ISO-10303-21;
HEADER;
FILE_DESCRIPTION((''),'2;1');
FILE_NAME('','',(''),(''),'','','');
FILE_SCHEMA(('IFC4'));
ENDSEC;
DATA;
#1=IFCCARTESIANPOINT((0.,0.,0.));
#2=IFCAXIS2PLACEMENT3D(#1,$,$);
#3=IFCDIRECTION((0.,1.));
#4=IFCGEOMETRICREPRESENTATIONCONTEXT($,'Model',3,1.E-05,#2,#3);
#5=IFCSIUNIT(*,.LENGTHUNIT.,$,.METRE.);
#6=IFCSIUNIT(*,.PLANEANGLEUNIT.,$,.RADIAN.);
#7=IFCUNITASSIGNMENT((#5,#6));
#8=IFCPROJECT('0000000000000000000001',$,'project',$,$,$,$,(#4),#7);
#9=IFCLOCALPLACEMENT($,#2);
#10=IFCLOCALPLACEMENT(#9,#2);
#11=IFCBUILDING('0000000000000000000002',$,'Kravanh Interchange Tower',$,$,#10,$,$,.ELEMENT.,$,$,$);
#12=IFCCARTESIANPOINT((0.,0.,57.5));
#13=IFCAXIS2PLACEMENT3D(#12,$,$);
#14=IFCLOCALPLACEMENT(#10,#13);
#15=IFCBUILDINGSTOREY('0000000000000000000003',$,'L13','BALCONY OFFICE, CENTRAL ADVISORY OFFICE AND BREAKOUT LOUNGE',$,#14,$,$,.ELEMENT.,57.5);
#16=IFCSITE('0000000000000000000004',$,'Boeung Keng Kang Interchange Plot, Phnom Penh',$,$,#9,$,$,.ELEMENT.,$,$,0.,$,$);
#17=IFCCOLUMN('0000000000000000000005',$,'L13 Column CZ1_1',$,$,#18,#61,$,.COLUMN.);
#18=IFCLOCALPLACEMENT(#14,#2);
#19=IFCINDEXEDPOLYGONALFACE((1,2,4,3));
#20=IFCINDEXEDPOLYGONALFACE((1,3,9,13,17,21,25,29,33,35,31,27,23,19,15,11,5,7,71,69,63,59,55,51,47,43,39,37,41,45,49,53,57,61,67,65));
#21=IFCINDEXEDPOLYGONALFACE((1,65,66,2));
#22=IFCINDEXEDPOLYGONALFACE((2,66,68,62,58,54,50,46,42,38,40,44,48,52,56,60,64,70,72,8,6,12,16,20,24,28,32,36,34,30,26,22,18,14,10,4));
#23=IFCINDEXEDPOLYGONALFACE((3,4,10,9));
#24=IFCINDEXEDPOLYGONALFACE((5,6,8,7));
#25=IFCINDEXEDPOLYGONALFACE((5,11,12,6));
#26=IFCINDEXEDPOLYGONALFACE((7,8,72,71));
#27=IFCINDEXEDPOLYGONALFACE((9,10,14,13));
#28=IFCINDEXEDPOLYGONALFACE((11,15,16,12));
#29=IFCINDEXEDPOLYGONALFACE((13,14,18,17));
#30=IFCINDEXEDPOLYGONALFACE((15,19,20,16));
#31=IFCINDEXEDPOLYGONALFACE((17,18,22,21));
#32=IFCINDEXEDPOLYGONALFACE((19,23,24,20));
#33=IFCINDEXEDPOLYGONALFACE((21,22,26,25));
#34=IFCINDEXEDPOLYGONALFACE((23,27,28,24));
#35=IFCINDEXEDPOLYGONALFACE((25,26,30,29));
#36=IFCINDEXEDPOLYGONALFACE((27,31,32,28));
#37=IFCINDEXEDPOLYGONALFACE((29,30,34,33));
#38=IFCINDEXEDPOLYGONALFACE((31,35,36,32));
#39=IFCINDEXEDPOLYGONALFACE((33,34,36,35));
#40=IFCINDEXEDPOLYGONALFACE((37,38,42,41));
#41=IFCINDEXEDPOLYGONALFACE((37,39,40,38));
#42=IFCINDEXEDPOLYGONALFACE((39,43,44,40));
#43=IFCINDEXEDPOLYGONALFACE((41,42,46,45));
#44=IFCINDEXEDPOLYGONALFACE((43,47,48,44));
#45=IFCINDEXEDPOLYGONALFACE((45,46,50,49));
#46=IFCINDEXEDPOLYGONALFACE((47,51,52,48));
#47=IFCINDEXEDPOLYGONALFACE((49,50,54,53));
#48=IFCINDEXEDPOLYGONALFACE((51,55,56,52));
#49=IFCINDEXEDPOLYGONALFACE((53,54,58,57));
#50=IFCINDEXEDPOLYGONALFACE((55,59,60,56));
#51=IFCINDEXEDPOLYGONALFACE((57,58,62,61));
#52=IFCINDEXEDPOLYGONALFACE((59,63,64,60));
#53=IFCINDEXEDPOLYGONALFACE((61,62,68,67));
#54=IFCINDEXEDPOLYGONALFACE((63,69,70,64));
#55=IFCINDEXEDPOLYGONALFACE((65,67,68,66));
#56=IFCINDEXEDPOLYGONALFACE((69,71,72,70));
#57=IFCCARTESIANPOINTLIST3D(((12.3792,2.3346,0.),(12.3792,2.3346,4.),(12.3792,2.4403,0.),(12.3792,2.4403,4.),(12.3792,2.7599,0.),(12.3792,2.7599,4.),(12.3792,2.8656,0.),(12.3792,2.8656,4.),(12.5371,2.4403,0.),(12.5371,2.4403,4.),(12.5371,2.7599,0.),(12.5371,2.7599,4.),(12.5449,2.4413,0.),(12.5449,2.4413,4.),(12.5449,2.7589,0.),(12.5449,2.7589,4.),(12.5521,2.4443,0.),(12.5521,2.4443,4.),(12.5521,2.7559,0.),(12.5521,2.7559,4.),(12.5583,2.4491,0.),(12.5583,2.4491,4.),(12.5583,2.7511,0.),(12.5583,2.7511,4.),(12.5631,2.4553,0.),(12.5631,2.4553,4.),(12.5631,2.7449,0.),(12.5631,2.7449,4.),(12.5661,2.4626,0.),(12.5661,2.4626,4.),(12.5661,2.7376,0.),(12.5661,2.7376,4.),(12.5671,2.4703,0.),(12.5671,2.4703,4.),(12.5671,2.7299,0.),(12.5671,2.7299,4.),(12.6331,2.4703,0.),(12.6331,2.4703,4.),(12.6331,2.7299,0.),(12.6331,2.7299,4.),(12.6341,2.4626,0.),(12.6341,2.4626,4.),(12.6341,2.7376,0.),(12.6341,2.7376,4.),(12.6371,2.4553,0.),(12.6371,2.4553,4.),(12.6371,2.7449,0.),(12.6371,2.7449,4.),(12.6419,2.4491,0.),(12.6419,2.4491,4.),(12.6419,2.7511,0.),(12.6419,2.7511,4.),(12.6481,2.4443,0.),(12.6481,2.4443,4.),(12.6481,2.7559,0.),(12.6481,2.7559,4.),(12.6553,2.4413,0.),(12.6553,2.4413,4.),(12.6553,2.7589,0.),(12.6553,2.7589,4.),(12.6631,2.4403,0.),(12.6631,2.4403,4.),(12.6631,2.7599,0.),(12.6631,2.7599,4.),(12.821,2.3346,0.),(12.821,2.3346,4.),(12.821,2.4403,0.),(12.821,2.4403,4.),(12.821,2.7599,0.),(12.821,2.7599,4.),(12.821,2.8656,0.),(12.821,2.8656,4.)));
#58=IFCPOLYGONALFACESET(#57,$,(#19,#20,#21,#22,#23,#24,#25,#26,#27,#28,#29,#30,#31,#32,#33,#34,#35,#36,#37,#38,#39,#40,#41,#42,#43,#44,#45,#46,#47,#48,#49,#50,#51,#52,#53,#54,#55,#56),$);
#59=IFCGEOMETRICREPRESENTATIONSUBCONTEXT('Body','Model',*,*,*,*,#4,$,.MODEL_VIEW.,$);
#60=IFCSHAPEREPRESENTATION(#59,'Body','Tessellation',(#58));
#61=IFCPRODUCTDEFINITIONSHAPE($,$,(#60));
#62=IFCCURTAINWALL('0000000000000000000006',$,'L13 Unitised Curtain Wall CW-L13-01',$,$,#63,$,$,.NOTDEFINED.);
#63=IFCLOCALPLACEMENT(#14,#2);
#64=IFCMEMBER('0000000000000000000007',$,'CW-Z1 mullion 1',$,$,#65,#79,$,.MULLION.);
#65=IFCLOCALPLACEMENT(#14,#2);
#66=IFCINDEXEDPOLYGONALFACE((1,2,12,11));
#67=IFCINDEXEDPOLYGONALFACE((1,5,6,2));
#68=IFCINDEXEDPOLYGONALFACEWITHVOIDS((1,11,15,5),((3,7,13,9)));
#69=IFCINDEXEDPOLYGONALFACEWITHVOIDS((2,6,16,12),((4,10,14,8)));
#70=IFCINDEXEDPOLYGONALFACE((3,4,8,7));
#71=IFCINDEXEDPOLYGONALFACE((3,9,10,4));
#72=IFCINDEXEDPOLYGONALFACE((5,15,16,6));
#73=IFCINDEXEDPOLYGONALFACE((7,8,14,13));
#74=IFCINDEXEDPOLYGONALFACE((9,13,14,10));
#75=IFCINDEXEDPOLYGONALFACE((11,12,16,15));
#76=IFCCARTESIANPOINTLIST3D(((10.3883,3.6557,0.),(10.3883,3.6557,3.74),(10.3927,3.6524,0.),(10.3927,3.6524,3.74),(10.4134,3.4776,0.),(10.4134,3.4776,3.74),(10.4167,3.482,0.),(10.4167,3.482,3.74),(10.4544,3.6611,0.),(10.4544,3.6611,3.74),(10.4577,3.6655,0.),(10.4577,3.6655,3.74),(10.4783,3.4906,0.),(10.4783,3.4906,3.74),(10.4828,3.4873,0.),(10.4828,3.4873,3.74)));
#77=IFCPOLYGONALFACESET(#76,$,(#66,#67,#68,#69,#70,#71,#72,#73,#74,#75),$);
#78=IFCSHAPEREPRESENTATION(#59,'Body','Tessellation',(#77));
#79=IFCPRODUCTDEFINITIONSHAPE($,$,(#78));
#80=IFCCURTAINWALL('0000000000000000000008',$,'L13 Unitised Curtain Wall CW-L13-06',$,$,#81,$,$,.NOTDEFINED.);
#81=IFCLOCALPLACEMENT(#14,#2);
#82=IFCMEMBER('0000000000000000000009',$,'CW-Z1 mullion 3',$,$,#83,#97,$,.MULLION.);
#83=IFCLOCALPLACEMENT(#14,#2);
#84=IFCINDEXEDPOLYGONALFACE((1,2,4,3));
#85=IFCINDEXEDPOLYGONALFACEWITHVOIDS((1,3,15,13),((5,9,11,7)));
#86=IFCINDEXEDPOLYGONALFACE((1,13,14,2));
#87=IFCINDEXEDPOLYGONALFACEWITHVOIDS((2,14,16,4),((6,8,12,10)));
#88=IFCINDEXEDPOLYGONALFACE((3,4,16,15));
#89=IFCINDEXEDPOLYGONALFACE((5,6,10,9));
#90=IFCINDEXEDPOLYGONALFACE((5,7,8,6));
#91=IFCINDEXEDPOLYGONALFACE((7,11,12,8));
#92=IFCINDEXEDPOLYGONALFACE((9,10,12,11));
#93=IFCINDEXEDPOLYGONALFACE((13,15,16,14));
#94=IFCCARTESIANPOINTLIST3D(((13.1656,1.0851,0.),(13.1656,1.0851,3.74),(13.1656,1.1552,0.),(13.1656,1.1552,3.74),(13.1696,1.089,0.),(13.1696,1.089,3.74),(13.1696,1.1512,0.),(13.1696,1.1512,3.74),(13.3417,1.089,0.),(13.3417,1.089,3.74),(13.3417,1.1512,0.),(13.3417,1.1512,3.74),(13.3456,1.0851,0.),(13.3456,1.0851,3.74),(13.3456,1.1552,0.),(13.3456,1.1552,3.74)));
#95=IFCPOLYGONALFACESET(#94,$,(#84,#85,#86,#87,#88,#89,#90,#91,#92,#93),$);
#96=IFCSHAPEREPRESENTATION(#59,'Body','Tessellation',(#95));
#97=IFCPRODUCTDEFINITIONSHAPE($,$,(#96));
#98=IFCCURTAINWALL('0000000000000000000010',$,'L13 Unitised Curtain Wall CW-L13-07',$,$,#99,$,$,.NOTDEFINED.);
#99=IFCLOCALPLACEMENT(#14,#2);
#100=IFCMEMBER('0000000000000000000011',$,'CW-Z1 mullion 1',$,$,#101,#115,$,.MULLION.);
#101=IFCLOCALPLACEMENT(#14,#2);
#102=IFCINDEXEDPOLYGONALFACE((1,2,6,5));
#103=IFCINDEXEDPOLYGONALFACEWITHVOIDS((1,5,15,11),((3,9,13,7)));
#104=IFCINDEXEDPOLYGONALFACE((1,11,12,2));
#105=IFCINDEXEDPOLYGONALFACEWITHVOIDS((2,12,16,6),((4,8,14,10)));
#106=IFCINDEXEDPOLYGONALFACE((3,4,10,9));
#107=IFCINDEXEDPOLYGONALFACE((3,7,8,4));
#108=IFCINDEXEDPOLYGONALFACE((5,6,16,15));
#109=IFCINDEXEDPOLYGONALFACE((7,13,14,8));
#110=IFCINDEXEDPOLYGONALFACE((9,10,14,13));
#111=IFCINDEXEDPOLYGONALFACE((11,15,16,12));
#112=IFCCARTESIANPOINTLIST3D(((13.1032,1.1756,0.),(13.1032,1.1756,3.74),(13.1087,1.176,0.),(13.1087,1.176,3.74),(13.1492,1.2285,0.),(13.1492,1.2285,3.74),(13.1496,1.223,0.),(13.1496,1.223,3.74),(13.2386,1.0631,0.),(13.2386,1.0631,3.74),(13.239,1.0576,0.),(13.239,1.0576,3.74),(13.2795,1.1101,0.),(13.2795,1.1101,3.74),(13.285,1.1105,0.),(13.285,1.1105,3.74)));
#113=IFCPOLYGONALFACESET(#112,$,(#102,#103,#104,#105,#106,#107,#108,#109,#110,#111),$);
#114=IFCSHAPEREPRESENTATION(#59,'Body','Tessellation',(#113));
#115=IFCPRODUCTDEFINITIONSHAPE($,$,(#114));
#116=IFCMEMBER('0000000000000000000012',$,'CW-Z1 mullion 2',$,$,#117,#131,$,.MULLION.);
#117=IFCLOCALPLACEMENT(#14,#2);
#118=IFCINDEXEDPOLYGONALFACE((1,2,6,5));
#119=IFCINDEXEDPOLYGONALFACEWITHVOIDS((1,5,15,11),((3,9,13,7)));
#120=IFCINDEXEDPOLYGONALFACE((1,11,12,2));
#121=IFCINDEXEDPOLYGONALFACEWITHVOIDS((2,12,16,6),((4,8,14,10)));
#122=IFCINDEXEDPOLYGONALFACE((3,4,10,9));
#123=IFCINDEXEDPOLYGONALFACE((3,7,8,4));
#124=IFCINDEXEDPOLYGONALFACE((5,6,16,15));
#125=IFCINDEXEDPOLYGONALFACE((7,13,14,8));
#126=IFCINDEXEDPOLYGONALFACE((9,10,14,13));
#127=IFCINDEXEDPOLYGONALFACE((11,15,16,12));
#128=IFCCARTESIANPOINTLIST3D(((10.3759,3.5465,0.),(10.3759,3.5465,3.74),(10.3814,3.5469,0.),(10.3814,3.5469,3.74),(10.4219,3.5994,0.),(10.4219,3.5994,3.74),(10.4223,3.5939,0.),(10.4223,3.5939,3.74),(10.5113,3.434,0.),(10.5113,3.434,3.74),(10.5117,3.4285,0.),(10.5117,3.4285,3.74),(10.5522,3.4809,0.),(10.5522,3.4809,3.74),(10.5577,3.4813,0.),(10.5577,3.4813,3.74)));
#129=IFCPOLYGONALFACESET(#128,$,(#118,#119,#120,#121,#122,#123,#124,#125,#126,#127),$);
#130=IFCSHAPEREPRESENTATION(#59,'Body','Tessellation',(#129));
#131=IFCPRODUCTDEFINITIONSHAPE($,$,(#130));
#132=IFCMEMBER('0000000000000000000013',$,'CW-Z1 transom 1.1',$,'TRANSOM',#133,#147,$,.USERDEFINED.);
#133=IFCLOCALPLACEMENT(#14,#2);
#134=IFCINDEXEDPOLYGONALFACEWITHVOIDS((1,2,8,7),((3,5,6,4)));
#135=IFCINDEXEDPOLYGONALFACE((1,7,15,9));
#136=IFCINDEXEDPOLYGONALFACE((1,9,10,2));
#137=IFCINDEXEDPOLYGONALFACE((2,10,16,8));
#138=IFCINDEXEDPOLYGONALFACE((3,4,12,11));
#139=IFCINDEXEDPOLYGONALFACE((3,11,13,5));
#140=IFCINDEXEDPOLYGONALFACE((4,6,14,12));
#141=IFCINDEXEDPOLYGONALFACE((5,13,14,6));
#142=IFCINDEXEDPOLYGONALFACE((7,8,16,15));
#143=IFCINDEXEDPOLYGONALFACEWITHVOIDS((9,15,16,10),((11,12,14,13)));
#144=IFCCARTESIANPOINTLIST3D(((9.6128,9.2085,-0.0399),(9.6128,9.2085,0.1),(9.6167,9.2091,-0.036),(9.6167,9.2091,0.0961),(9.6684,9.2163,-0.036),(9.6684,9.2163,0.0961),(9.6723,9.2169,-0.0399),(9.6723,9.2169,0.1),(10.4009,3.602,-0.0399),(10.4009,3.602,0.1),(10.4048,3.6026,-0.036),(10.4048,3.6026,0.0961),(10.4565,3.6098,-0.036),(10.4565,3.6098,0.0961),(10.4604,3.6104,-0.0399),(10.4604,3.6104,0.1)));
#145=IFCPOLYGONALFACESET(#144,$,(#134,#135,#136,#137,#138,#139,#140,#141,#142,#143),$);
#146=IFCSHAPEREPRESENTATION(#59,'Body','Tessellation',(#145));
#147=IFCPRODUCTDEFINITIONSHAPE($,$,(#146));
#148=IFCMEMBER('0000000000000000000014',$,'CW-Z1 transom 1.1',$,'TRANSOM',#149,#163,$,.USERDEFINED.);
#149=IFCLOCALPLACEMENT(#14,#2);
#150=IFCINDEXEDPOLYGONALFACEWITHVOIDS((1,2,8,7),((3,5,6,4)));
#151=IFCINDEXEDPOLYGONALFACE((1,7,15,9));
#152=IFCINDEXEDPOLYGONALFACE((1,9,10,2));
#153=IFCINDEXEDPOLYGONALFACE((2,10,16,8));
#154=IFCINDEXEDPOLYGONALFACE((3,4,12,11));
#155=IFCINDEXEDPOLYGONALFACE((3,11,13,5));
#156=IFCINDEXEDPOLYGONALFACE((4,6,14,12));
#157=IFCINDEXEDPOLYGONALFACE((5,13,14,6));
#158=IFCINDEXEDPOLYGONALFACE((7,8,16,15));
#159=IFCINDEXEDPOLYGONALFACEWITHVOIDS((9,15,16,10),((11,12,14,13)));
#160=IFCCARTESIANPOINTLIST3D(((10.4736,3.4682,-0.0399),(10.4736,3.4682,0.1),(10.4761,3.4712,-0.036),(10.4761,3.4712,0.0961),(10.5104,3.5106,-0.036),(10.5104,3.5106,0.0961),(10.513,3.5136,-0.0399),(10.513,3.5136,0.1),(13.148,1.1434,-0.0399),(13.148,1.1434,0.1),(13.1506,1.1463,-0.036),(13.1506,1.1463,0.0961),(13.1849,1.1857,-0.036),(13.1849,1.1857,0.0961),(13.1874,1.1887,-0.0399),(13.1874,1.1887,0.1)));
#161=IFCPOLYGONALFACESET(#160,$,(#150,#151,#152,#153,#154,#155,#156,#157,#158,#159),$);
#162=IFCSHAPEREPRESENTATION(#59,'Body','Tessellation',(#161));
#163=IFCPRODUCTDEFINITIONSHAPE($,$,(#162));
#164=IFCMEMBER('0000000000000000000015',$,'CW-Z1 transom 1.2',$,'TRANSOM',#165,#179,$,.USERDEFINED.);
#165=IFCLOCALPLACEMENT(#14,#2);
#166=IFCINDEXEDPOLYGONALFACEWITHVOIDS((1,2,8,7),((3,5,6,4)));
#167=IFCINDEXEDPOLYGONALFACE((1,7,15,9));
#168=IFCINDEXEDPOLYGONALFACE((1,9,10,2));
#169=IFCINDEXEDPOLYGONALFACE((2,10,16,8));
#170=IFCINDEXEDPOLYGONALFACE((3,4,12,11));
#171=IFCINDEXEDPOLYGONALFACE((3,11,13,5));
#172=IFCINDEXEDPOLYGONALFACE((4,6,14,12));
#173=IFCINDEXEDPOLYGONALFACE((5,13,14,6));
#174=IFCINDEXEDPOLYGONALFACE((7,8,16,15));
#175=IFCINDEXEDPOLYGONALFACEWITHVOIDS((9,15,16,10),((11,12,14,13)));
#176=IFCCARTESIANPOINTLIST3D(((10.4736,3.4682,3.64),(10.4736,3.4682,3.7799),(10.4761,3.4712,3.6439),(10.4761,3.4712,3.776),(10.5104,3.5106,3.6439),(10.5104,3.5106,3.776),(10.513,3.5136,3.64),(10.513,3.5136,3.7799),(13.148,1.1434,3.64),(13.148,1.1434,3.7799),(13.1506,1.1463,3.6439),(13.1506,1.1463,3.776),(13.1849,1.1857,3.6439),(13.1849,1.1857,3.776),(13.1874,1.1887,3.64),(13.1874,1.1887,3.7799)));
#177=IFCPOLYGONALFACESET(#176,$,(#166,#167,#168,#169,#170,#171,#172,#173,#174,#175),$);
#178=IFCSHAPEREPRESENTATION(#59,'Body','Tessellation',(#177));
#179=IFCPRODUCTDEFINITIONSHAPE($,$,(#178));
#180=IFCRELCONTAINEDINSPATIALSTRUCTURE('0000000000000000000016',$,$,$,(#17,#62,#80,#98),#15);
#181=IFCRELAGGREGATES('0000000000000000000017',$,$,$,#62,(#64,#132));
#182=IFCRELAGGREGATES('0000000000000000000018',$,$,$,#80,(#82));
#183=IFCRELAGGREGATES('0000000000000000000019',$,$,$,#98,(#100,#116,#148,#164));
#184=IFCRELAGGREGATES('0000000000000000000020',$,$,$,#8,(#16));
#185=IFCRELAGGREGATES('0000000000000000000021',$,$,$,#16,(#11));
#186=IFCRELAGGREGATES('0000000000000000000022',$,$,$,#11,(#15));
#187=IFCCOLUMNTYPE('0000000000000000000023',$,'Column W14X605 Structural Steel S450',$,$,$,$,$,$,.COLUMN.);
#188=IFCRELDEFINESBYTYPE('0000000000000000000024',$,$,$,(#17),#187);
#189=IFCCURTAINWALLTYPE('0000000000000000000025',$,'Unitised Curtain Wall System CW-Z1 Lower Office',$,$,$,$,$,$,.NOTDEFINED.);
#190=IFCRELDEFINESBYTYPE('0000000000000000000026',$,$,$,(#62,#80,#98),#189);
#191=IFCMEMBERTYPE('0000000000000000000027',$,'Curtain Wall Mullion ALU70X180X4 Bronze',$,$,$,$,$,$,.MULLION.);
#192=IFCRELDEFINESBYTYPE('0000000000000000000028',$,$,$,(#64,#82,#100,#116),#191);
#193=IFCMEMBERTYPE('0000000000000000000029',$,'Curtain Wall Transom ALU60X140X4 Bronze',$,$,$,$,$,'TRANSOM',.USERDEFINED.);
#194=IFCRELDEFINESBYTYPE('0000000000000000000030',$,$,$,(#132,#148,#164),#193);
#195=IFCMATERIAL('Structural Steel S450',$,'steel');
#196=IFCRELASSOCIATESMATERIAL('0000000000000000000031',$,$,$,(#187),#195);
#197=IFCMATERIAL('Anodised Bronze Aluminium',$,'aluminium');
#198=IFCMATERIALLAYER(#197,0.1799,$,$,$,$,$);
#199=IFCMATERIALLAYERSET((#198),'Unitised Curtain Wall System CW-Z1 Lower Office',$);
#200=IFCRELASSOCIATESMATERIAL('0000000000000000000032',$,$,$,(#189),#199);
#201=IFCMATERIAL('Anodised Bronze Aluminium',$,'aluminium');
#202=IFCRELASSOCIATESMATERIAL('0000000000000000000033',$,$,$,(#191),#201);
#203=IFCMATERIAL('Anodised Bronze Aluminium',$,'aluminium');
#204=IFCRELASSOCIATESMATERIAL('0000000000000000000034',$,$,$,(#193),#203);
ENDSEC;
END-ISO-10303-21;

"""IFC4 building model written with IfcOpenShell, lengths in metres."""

from ifc_helpers import new_model, si_unit, direction, frame, origin, origin_2d, place, context, subcontext, project, spatial, hollow_rectangle, i_section, extrude, material, layer, layer_set, material_profile, profile_set, type_object, element, aggregate, save


model = new_model("IFC4")

# Units and contexts
model_context = context("Model", 3, precision=1e-05, world=origin(), true_north=direction((0.0, 1.0)))
body_context = subcontext(model_context, "Body", "Model", "MODEL_VIEW")
ifc_project = project(units=[si_unit("LENGTHUNIT", "METRE"), si_unit("PLANEANGLEUNIT", "RADIAN")], contexts=[model_context])

# Site, building, storey
site_placement = place(None, origin())
site = spatial("IfcSite", under=ifc_project, at=site_placement, Name="Boeung Keng Kang Interchange Plot, Phnom Penh", CompositionType="ELEMENT", RefElevation=0.0)
building_placement = place(site_placement, origin())
building = spatial("IfcBuilding", under=site, at=building_placement, Name="Kravanh Interchange Tower", CompositionType="ELEMENT")
storey_placement = place(building_placement, frame((0.0, 0.0, 57.5)))
storey = spatial("IfcBuildingStorey", under=building, at=storey_placement, Name="L13", Description="BALCONY OFFICE, CENTRAL ADVISORY OFFICE AND BREAKOUT LOUNGE", CompositionType="ELEMENT", Elevation=57.5)

# Column
ifc_material_1 = material(Name="Structural Steel S450", Category="steel")
ifc_material_profile_1 = material_profile(ifc_material_1, i_section(OverallWidth=0.4419, OverallDepth=0.531, WebThickness=0.0659, FlangeThickness=0.1057, FilletRadius=0.03, at=origin_2d()), Name="W14X605")
ifc_profile_set_1 = profile_set([ifc_material_profile_1], Name="Structural Steel S450")
column_type = type_object("IfcColumnType", Name="Column W14X605 Structural Steel S450", PredefinedType="COLUMN", material=ifc_profile_set_1)
column_placement = place(storey_placement, frame((12.6001, 2.6001, 0.0), z_axis=(0.0, 0.0, 1.0), x_axis=(1.0, 0.0, 0.0)))
element("IfcColumn", 1, at=column_placement, inside=storey, type_object=column_type, Name="L13 Column CZ1_1", PredefinedType="COLUMN", context=body_context, shape_type="SweptSolid", body=[
    extrude(i_section(OverallWidth=0.4419, OverallDepth=0.531, WebThickness=0.0659, FlangeThickness=0.1057, FilletRadius=0.03, at=origin_2d()), origin(), (0.0, 0.0, 1.0), 4.0),
])

# Curtain walls, members
ifc_material_2 = material(Name="Anodised Bronze Aluminium", Category="aluminium")
ifc_layer_1 = layer(ifc_material_2, 0.1799)
ifc_layer_set_1 = layer_set([ifc_layer_1], Name="Unitised Curtain Wall System CW-Z1 Lower Office")
curtain_wall_type = type_object("IfcCurtainWallType", Name="Unitised Curtain Wall System CW-Z1 Lower Office", PredefinedType="NOTDEFINED", material=ifc_layer_set_1)
curtain_wall_1_placement = place(storey_placement, origin())
curtain_wall_1 = element("IfcCurtainWall", 2, at=curtain_wall_1_placement, inside=storey, type_object=curtain_wall_type, Name="L13 Unitised Curtain Wall CW-L13-01", PredefinedType="NOTDEFINED")
ifc_material_3 = material(Name="Anodised Bronze Aluminium", Category="aluminium")
ifc_material_profile_2 = material_profile(ifc_material_3, hollow_rectangle(XDim=0.0701, YDim=0.1799, WallThickness=0.0039, at=origin_2d()), Name="ALU70X180X4")
ifc_profile_set_2 = profile_set([ifc_material_profile_2], Name="Anodised Bronze Aluminium")
member_type_1 = type_object("IfcMemberType", Name="Curtain Wall Mullion ALU70X180X4 Bronze", PredefinedType="MULLION", material=ifc_profile_set_2)
member_1_placement = place(storey_placement, frame((10.4355, 3.5715, 0.0), z_axis=(0.0, 0.0, 1.0), x_axis=(-0.990268, -0.139177, 0.0)))
member_1 = element("IfcMember", 3, at=member_1_placement, type_object=member_type_1, Name="CW-Z1 mullion 1", PredefinedType="MULLION", context=body_context, shape_type="SweptSolid", body=[
    extrude(hollow_rectangle(XDim=0.0701, YDim=0.1799, WallThickness=0.0039, at=origin_2d()), origin(), (0.0, 0.0, 1.0), 3.74),
])
curtain_wall_2_placement = place(storey_placement, origin())
curtain_wall_2 = element("IfcCurtainWall", 4, at=curtain_wall_2_placement, inside=storey, type_object=curtain_wall_type, Name="L13 Unitised Curtain Wall CW-L13-06", PredefinedType="NOTDEFINED")
member_2_placement = place(storey_placement, frame((13.2556, 1.1201, 0.0), z_axis=(0.0, 0.0, 1.0), x_axis=(0.0, -1.0, 0.0)))
member_2 = element("IfcMember", 5, at=member_2_placement, type_object=member_type_1, Name="CW-Z1 mullion 3", PredefinedType="MULLION", context=body_context, shape_type="SweptSolid", body=[
    extrude(hollow_rectangle(XDim=0.0701, YDim=0.1799, WallThickness=0.0039, at=origin_2d()), origin(), (0.0, 0.0, 1.0), 3.74),
])

# Curtain wall, members
curtain_wall_3_placement = place(storey_placement, origin())
curtain_wall_3 = element("IfcCurtainWall", 6, at=curtain_wall_3_placement, inside=storey, type_object=curtain_wall_type, Name="L13 Unitised Curtain Wall CW-L13-07", PredefinedType="NOTDEFINED")
member_3_placement = place(storey_placement, frame((13.1941, 1.1431, 0.0), z_axis=(0.0, 0.0, 1.0), x_axis=(-0.65606, -0.754708, 0.0)))
member_3 = element("IfcMember", 7, at=member_3_placement, type_object=member_type_1, Name="CW-Z1 mullion 1", PredefinedType="MULLION", context=body_context, shape_type="SweptSolid", body=[
    extrude(hollow_rectangle(XDim=0.0701, YDim=0.1799, WallThickness=0.0039, at=origin_2d()), origin(), (0.0, 0.0, 1.0), 3.74),
])
member_4_placement = place(storey_placement, frame((10.4668, 3.5139, 0.0), z_axis=(0.0, 0.0, 1.0), x_axis=(-0.65606, -0.754708, 0.0)))
member_4 = element("IfcMember", 8, at=member_4_placement, type_object=member_type_1, Name="CW-Z1 mullion 2", PredefinedType="MULLION", context=body_context, shape_type="SweptSolid", body=[
    extrude(hollow_rectangle(XDim=0.0701, YDim=0.1799, WallThickness=0.0039, at=origin_2d()), origin(), (0.0, 0.0, 1.0), 3.74),
])

# Members
ifc_material_4 = material(Name="Anodised Bronze Aluminium", Category="aluminium")
ifc_material_profile_3 = material_profile(ifc_material_4, hollow_rectangle(XDim=0.0601, YDim=0.1399, WallThickness=0.0039, at=origin_2d()), Name="ALU60X140X4")
ifc_profile_set_3 = profile_set([ifc_material_profile_3], Name="Anodised Bronze Aluminium")
member_type_2 = type_object("IfcMemberType", Name="Curtain Wall Transom ALU60X140X4 Bronze", ElementType="TRANSOM", PredefinedType="USERDEFINED", material=ifc_profile_set_3)
member_5_placement = place(storey_placement, frame((10.4307, 3.6062, 0.03), z_axis=(-0.139199, 0.990264, 0.0), x_axis=(-0.990264, -0.139199, 0.0)))
member_5 = element("IfcMember", 9, at=member_5_placement, type_object=member_type_2, Name="CW-Z1 transom 1.1", ObjectType="TRANSOM", PredefinedType="USERDEFINED", context=body_context, shape_type="SweptSolid", body=[
    extrude(hollow_rectangle(XDim=0.0601, YDim=0.1399, WallThickness=0.0039, at=origin_2d()), origin(), (0.0, 0.0, 1.0), 5.6616),
])
aggregate(curtain_wall_1, [member_1, member_5])
member_6_placement = place(storey_placement, frame((13.1677, 1.166, 0.03), z_axis=(-0.754711, 0.656058, 0.0), x_axis=(-0.656058, -0.754711, 0.0)))
member_6 = element("IfcMember", 10, at=member_6_placement, type_object=member_type_2, Name="CW-Z1 transom 1.1", ObjectType="TRANSOM", PredefinedType="USERDEFINED", context=body_context, shape_type="SweptSolid", body=[
    extrude(hollow_rectangle(XDim=0.0601, YDim=0.1399, WallThickness=0.0039, at=origin_2d()), origin(), (0.0, 0.0, 1.0), 3.5437),
])
member_7_placement = place(storey_placement, frame((13.1677, 1.166, 3.71), z_axis=(-0.754711, 0.656058, 0.0), x_axis=(-0.656058, -0.754711, 0.0)))
member_7 = element("IfcMember", 11, at=member_7_placement, type_object=member_type_2, Name="CW-Z1 transom 1.2", ObjectType="TRANSOM", PredefinedType="USERDEFINED", context=body_context, shape_type="SweptSolid", body=[
    extrude(hollow_rectangle(XDim=0.0601, YDim=0.1399, WallThickness=0.0039, at=origin_2d()), origin(), (0.0, 0.0, 1.0), 3.5437),
])

aggregate(curtain_wall_2, [member_2])
aggregate(curtain_wall_3, [member_3, member_4, member_6, member_7])

save(model, "model.ifc")
